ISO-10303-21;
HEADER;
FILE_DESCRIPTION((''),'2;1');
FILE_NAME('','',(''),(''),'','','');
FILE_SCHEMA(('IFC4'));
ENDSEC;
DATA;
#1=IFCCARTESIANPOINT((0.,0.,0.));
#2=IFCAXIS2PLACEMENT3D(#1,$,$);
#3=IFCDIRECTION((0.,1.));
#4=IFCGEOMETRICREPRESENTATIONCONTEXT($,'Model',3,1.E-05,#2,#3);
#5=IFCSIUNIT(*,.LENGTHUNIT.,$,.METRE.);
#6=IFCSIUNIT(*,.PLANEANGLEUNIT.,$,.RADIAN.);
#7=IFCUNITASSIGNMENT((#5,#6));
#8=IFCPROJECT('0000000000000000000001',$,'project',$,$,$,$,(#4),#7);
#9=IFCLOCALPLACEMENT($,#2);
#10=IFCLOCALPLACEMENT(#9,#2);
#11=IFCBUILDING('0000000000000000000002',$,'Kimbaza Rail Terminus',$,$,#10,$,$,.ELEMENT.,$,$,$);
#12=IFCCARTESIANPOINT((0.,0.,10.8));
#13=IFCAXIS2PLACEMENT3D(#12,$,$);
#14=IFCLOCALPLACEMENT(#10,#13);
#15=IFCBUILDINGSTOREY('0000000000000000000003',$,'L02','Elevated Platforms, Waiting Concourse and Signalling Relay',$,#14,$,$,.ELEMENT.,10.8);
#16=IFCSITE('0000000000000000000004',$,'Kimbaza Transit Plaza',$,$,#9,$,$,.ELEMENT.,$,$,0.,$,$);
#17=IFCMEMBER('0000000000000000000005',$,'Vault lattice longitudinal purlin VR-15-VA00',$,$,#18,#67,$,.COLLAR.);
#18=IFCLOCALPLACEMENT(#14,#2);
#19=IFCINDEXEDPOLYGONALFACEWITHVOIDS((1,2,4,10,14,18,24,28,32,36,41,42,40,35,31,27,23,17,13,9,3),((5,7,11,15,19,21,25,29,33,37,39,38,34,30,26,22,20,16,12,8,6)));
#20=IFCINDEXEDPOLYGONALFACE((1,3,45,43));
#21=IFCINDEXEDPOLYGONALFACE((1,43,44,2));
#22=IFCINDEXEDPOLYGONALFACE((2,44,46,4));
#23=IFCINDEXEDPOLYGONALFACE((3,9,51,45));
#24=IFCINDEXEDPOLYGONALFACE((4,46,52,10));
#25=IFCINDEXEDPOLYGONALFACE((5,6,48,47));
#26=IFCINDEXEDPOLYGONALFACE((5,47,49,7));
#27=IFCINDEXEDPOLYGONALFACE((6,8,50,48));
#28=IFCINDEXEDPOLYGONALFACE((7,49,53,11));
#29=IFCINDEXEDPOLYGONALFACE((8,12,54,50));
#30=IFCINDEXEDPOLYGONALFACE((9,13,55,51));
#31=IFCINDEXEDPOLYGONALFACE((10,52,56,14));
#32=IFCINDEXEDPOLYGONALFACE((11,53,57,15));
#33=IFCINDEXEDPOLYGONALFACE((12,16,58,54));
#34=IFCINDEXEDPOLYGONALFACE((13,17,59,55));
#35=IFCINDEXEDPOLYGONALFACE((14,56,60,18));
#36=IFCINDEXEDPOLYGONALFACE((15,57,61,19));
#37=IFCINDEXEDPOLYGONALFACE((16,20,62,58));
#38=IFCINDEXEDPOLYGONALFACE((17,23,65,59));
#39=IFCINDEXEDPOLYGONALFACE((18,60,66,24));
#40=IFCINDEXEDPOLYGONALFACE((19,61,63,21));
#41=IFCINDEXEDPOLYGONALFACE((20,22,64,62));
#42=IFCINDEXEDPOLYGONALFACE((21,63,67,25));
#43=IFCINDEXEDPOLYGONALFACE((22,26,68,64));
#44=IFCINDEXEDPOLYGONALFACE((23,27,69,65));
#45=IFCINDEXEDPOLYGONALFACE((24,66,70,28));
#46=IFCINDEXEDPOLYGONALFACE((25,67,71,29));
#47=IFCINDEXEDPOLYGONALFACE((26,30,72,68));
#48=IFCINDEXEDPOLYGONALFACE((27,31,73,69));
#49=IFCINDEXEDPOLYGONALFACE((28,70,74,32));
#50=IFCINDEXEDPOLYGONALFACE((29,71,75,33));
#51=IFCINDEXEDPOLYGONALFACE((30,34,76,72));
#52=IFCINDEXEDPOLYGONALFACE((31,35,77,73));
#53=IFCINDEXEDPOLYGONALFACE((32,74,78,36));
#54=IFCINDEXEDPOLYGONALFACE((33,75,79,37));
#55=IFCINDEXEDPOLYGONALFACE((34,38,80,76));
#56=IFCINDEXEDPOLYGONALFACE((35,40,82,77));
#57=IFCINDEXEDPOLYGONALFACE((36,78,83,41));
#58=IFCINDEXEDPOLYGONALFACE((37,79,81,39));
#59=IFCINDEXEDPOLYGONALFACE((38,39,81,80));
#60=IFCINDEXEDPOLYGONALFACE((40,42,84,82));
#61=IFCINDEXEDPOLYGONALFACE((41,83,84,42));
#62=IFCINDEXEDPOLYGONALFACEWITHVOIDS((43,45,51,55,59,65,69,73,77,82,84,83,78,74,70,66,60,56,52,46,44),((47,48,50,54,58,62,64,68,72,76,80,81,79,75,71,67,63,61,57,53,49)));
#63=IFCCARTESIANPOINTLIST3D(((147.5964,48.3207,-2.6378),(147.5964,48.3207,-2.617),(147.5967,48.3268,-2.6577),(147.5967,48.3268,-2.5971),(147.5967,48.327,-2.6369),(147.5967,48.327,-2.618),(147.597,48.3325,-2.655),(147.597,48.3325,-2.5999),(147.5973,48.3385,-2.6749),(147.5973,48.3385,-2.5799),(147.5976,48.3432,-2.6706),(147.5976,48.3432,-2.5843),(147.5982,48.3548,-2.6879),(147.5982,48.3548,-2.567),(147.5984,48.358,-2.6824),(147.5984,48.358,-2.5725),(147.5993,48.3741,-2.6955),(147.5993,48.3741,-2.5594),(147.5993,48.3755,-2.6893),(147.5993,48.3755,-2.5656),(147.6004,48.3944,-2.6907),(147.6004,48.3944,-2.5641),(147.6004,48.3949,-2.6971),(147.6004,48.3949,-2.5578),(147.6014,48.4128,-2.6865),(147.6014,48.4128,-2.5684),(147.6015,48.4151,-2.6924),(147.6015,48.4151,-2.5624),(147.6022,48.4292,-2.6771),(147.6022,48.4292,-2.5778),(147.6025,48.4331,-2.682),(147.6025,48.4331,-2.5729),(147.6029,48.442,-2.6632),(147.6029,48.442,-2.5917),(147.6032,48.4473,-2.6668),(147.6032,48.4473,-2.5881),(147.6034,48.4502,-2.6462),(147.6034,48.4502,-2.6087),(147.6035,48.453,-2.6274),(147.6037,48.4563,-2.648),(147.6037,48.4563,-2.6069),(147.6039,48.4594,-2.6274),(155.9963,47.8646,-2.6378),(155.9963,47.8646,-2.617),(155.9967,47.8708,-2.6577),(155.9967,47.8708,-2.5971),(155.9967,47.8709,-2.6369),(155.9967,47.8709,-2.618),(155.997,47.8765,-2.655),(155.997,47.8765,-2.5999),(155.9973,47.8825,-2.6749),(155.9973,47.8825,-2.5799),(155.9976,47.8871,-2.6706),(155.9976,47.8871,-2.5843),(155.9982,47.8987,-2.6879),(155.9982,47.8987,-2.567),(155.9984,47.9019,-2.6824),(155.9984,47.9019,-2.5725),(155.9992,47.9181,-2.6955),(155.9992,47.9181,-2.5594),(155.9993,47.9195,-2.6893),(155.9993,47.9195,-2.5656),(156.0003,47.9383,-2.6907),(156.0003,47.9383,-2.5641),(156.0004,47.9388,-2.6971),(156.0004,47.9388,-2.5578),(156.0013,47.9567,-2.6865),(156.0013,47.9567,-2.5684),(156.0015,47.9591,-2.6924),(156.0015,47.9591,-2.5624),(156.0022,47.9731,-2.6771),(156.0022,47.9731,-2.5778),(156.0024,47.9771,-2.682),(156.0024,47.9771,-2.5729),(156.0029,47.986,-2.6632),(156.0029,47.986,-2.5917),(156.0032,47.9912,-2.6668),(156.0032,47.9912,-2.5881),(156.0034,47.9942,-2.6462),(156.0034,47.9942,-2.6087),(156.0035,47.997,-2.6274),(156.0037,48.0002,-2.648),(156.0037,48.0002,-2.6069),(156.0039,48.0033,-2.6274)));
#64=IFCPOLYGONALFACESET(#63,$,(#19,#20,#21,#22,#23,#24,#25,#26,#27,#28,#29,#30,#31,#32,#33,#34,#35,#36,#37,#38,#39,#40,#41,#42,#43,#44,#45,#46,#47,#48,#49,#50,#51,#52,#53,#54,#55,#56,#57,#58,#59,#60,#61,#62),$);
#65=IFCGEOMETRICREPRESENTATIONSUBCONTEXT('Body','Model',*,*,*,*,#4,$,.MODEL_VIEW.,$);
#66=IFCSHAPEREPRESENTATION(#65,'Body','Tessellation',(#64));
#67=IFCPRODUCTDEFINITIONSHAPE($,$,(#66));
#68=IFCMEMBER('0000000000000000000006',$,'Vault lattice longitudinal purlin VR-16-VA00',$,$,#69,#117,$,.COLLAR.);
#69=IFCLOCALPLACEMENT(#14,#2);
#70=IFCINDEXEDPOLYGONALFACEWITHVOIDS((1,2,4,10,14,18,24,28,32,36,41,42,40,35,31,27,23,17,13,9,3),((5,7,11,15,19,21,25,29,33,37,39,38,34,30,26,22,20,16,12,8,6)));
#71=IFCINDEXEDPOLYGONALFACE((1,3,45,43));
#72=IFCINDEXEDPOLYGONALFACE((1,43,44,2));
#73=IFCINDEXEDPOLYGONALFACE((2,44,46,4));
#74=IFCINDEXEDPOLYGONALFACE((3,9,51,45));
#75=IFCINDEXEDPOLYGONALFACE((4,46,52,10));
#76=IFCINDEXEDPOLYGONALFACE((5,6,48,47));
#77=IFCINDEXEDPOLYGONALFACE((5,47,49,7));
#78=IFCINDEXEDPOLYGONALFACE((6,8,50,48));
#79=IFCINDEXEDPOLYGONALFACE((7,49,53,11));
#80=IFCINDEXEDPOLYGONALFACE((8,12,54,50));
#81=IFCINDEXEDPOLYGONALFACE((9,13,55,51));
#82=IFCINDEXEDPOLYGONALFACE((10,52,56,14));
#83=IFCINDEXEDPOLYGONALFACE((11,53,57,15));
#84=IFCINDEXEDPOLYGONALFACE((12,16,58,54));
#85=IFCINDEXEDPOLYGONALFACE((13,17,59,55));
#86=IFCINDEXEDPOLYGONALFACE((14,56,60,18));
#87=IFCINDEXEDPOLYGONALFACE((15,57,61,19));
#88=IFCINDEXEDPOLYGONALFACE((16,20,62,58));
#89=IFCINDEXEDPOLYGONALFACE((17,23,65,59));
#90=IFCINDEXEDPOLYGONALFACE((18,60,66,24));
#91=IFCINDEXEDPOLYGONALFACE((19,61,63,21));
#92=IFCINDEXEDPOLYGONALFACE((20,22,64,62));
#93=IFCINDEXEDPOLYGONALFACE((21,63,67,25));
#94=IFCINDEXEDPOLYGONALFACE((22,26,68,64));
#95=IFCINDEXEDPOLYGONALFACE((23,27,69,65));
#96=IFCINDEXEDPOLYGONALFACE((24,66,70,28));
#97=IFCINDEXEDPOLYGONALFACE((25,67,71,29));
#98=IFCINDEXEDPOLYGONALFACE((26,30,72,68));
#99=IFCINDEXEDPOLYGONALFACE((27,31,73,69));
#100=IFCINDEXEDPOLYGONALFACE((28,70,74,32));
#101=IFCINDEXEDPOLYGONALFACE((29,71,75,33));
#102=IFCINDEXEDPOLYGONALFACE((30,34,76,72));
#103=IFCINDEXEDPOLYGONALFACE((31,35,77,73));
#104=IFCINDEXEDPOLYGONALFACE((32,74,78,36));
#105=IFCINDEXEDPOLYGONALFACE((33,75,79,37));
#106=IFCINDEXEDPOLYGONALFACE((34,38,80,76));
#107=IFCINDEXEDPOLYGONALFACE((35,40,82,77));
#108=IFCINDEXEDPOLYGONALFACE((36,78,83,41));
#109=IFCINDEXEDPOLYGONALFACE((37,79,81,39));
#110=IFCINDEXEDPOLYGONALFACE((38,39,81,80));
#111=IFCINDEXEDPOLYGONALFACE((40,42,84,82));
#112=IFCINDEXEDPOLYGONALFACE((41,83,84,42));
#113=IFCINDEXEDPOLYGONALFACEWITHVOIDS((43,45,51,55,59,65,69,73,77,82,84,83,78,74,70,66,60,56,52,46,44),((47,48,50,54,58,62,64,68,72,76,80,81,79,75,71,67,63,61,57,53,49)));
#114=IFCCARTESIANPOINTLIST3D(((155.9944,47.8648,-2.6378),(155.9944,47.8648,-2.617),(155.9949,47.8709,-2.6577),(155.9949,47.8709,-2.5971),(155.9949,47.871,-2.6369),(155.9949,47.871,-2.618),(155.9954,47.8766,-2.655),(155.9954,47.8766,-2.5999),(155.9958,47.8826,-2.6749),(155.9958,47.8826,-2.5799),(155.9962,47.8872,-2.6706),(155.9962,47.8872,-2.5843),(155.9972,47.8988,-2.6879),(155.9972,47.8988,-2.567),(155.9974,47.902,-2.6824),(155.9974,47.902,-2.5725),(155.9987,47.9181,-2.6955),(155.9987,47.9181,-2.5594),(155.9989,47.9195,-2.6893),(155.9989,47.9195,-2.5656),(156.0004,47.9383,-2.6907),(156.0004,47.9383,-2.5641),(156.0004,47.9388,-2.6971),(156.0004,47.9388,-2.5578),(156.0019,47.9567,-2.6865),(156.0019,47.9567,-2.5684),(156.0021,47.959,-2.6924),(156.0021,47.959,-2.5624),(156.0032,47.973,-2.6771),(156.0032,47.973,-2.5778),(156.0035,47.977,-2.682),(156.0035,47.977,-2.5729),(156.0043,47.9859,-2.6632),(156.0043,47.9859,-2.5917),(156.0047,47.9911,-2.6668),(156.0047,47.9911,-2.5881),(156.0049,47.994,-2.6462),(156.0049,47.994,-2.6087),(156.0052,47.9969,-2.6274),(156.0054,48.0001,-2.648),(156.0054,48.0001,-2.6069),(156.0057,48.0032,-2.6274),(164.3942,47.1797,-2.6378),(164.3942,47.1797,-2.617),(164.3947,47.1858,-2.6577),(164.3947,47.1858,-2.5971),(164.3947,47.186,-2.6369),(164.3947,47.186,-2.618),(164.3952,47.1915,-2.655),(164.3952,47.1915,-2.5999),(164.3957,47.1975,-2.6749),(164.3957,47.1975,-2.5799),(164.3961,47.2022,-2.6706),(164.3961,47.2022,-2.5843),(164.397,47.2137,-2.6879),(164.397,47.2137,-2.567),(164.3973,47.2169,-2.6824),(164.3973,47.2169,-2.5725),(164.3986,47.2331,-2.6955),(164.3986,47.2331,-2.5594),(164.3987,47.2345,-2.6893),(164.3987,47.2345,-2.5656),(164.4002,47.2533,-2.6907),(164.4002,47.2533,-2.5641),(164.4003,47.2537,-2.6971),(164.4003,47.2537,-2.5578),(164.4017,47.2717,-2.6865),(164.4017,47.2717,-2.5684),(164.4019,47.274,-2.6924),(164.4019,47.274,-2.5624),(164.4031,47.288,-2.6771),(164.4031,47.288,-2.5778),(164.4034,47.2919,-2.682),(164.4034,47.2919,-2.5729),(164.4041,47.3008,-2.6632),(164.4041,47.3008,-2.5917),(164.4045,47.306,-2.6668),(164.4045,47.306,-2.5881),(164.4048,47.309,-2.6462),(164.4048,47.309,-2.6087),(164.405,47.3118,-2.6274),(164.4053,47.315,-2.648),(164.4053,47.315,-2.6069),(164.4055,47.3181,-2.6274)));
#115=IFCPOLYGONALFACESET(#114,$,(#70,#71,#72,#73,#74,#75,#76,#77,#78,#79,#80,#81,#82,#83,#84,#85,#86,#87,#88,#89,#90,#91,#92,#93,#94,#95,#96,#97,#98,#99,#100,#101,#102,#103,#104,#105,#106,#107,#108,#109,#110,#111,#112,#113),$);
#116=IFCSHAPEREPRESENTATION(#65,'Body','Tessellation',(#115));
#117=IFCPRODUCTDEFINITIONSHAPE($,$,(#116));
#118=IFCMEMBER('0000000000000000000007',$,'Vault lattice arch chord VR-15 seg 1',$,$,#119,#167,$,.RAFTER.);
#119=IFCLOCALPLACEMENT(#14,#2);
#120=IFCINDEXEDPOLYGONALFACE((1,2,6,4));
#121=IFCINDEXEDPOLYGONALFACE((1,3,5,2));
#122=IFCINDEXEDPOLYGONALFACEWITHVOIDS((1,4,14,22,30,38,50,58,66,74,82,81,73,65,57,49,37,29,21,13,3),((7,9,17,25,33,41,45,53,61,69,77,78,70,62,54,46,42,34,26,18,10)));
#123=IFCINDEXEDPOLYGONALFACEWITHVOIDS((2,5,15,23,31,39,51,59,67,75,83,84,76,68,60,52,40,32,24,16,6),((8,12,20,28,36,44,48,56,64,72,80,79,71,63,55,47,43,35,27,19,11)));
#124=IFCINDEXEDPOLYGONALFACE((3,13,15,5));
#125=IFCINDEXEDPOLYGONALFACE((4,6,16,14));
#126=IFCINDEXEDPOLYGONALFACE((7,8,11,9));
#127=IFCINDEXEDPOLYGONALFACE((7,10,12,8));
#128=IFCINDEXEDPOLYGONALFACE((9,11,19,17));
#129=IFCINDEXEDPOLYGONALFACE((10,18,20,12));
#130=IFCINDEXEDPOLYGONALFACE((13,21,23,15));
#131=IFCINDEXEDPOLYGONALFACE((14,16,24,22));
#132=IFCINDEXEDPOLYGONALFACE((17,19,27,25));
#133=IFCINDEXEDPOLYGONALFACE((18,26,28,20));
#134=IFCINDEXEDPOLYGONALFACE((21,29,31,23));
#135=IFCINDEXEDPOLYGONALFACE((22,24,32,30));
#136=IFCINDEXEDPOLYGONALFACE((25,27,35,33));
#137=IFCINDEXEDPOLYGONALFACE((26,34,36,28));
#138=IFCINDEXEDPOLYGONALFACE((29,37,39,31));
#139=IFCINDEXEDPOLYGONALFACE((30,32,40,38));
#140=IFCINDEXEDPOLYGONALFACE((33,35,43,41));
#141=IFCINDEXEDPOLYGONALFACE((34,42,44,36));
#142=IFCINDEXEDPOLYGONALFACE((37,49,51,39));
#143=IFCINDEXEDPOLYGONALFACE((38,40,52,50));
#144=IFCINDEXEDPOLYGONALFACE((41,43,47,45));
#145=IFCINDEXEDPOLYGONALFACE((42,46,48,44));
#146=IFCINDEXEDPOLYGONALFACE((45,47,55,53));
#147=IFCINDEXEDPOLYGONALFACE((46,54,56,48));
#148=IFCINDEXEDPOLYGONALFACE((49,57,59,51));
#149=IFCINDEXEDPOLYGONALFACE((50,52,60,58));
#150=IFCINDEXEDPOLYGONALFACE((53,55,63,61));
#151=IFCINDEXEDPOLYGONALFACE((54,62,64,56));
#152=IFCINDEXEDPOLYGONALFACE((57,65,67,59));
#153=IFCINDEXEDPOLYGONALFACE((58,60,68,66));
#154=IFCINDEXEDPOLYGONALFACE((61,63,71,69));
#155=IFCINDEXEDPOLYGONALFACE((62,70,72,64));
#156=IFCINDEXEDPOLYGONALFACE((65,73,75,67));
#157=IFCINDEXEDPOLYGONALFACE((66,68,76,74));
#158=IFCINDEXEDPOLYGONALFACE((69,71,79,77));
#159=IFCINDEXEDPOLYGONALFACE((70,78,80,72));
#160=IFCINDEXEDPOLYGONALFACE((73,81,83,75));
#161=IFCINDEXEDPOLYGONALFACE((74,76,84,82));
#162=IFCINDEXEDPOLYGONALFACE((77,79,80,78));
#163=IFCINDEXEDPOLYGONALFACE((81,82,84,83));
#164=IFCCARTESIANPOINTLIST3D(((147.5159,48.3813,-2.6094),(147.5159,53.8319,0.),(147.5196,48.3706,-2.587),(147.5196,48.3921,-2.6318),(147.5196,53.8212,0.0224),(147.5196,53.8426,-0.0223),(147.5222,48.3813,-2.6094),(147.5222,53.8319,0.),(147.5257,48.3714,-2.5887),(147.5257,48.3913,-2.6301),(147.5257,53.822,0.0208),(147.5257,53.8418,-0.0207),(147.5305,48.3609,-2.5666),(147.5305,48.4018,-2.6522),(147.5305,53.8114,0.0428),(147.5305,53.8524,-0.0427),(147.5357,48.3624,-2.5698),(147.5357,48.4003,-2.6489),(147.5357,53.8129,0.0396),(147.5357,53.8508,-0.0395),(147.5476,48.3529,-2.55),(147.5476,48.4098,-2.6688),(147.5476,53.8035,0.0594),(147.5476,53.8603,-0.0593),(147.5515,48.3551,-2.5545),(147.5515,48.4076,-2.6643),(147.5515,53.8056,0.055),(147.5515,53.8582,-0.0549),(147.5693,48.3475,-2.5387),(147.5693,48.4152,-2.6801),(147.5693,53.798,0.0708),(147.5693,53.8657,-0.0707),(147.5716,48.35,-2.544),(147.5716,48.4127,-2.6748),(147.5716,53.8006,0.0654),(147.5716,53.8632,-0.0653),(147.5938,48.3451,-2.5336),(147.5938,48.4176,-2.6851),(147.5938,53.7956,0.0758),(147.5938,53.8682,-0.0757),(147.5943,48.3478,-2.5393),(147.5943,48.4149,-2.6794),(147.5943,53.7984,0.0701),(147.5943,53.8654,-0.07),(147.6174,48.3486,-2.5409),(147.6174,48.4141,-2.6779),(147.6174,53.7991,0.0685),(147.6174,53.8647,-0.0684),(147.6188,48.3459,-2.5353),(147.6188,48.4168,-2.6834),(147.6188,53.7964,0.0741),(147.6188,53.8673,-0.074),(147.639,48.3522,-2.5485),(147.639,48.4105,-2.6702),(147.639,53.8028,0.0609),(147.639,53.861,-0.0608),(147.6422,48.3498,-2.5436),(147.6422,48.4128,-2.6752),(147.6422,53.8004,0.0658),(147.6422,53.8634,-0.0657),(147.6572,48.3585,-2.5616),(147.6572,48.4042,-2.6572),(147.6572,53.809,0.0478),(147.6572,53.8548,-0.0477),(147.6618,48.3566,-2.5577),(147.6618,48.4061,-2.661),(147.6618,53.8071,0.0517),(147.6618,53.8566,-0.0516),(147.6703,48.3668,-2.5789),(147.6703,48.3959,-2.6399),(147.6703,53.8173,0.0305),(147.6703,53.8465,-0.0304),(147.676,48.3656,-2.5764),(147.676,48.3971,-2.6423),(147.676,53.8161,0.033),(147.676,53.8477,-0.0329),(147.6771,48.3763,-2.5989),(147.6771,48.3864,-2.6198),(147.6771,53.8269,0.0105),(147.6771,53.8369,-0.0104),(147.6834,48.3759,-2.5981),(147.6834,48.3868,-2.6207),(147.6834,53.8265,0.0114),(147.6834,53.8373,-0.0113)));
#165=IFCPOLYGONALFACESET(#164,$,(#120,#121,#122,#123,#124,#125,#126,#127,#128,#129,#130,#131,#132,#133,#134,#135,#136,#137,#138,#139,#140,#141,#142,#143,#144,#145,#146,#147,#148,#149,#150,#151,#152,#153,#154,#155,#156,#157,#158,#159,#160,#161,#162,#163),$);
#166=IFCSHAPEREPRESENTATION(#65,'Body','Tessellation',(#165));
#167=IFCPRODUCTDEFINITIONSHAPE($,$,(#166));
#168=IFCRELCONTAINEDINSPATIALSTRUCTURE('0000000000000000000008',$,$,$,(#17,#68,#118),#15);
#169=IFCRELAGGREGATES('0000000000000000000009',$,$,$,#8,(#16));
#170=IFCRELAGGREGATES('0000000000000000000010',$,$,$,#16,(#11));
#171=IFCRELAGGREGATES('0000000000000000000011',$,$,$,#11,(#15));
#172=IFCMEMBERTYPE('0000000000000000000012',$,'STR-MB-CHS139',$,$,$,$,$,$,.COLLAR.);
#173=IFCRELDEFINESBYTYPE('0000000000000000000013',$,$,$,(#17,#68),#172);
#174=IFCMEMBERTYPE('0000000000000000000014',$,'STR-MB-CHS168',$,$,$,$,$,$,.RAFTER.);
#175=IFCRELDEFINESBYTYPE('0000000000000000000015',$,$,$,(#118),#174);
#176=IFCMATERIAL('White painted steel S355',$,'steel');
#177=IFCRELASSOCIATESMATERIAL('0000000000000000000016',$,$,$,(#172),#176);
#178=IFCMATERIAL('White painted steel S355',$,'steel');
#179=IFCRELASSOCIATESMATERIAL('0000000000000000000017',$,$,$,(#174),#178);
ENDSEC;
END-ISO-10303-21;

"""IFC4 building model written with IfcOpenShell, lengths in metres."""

from ifc_helpers import new_model, si_unit, direction, frame, origin, origin_2d, place, context, subcontext, project, spatial, hollow_circle, extrude, material, material_profile, profile_set, type_object, element, save


model = new_model("IFC4")

# Units and contexts
model_context = context("Model", 3, precision=1e-05, world=origin(), true_north=direction((0.0, 1.0)))
body_context = subcontext(model_context, "Body", "Model", "MODEL_VIEW")
ifc_project = project(units=[si_unit("LENGTHUNIT", "METRE"), si_unit("PLANEANGLEUNIT", "RADIAN")], contexts=[model_context])

# Site, building, storey
site_placement = place(None, origin())
site = spatial("IfcSite", under=ifc_project, at=site_placement, Name="Kimbaza Transit Plaza", CompositionType="ELEMENT", RefElevation=0.0)
building_placement = place(site_placement, origin())
building = spatial("IfcBuilding", under=site, at=building_placement, Name="Kimbaza Rail Terminus", CompositionType="ELEMENT")
storey_placement = place(building_placement, frame((0.0, 0.0, 10.8)))
storey = spatial("IfcBuildingStorey", under=building, at=storey_placement, Name="L02", Description="Elevated Platforms, Waiting Concourse and Signalling Relay", CompositionType="ELEMENT", Elevation=10.8)

# Members
ifc_material_1 = material(Name="White painted steel S355", Category="steel")
ifc_material_profile_1 = material_profile(ifc_material_1, hollow_circle(Radius=0.0698, WallThickness=0.0063, at=origin_2d()), Name="CHS 139.7x6.3")
ifc_profile_set_1 = profile_set([ifc_material_profile_1], Name="White painted steel S355")
member_type_1 = type_object("IfcMemberType", Name="STR-MB-CHS139", PredefinedType="COLLAR", material=ifc_profile_set_1)
member_1_placement = place(storey_placement, frame((147.6001, 48.3896, -2.6274), z_axis=(0.998529, -0.054213, 0.0), x_axis=(0.054213, 0.998529, 0.0)))
element("IfcMember", 1, at=member_1_placement, inside=storey, type_object=member_type_1, Name="Vault lattice longitudinal purlin VR-15-VA00", PredefinedType="COLLAR", context=body_context, shape_type="SweptSolid", body=[
    extrude(hollow_circle(Radius=0.0698, WallThickness=0.0063, at=origin_2d()), origin(), (0.0, 0.0, 1.0), 8.4124),
])
member_2_placement = place(storey_placement, frame((156.0, 47.9336, -2.6274), z_axis=(0.996691, -0.081286, 0.0), x_axis=(0.081286, 0.996691, 0.0)))
element("IfcMember", 2, at=member_2_placement, inside=storey, type_object=member_type_1, Name="Vault lattice longitudinal purlin VR-16-VA00", PredefinedType="COLLAR", context=body_context, shape_type="SweptSolid", body=[
    extrude(hollow_circle(Radius=0.0698, WallThickness=0.0063, at=origin_2d()), origin(), (0.0, 0.0, 1.0), 8.4277),
])
ifc_material_2 = material(Name="White painted steel S355", Category="steel")
ifc_material_profile_2 = material_profile(ifc_material_2, hollow_circle(Radius=0.0842, WallThickness=0.0063, at=origin_2d()), Name="CHS 168.3x6.3")
ifc_profile_set_2 = profile_set([ifc_material_profile_2], Name="White painted steel S355")
member_type_2 = type_object("IfcMemberType", Name="STR-MB-CHS168", PredefinedType="RAFTER", material=ifc_profile_set_2)
for number, where, z_axis, x_axis, name in (
    (3, (147.6001, 48.3813, -2.6094), (0.0, 0.901964, 0.431811), (-1.0, 0.0, 0.0), "Vault lattice arch chord VR-15 seg 1"),
):
    element("IfcMember", number, at=place(storey_placement, frame(where, z_axis=z_axis, x_axis=x_axis)), inside=storey, type_object=member_type_2, Name=name, PredefinedType="RAFTER", context=body_context, shape_type="SweptSolid", body=[
        extrude(hollow_circle(Radius=0.0842, WallThickness=0.0063, at=origin_2d()), origin(), (0.0, 0.0, 1.0), 6.043),
    ])

save(model, "model.ifc")
